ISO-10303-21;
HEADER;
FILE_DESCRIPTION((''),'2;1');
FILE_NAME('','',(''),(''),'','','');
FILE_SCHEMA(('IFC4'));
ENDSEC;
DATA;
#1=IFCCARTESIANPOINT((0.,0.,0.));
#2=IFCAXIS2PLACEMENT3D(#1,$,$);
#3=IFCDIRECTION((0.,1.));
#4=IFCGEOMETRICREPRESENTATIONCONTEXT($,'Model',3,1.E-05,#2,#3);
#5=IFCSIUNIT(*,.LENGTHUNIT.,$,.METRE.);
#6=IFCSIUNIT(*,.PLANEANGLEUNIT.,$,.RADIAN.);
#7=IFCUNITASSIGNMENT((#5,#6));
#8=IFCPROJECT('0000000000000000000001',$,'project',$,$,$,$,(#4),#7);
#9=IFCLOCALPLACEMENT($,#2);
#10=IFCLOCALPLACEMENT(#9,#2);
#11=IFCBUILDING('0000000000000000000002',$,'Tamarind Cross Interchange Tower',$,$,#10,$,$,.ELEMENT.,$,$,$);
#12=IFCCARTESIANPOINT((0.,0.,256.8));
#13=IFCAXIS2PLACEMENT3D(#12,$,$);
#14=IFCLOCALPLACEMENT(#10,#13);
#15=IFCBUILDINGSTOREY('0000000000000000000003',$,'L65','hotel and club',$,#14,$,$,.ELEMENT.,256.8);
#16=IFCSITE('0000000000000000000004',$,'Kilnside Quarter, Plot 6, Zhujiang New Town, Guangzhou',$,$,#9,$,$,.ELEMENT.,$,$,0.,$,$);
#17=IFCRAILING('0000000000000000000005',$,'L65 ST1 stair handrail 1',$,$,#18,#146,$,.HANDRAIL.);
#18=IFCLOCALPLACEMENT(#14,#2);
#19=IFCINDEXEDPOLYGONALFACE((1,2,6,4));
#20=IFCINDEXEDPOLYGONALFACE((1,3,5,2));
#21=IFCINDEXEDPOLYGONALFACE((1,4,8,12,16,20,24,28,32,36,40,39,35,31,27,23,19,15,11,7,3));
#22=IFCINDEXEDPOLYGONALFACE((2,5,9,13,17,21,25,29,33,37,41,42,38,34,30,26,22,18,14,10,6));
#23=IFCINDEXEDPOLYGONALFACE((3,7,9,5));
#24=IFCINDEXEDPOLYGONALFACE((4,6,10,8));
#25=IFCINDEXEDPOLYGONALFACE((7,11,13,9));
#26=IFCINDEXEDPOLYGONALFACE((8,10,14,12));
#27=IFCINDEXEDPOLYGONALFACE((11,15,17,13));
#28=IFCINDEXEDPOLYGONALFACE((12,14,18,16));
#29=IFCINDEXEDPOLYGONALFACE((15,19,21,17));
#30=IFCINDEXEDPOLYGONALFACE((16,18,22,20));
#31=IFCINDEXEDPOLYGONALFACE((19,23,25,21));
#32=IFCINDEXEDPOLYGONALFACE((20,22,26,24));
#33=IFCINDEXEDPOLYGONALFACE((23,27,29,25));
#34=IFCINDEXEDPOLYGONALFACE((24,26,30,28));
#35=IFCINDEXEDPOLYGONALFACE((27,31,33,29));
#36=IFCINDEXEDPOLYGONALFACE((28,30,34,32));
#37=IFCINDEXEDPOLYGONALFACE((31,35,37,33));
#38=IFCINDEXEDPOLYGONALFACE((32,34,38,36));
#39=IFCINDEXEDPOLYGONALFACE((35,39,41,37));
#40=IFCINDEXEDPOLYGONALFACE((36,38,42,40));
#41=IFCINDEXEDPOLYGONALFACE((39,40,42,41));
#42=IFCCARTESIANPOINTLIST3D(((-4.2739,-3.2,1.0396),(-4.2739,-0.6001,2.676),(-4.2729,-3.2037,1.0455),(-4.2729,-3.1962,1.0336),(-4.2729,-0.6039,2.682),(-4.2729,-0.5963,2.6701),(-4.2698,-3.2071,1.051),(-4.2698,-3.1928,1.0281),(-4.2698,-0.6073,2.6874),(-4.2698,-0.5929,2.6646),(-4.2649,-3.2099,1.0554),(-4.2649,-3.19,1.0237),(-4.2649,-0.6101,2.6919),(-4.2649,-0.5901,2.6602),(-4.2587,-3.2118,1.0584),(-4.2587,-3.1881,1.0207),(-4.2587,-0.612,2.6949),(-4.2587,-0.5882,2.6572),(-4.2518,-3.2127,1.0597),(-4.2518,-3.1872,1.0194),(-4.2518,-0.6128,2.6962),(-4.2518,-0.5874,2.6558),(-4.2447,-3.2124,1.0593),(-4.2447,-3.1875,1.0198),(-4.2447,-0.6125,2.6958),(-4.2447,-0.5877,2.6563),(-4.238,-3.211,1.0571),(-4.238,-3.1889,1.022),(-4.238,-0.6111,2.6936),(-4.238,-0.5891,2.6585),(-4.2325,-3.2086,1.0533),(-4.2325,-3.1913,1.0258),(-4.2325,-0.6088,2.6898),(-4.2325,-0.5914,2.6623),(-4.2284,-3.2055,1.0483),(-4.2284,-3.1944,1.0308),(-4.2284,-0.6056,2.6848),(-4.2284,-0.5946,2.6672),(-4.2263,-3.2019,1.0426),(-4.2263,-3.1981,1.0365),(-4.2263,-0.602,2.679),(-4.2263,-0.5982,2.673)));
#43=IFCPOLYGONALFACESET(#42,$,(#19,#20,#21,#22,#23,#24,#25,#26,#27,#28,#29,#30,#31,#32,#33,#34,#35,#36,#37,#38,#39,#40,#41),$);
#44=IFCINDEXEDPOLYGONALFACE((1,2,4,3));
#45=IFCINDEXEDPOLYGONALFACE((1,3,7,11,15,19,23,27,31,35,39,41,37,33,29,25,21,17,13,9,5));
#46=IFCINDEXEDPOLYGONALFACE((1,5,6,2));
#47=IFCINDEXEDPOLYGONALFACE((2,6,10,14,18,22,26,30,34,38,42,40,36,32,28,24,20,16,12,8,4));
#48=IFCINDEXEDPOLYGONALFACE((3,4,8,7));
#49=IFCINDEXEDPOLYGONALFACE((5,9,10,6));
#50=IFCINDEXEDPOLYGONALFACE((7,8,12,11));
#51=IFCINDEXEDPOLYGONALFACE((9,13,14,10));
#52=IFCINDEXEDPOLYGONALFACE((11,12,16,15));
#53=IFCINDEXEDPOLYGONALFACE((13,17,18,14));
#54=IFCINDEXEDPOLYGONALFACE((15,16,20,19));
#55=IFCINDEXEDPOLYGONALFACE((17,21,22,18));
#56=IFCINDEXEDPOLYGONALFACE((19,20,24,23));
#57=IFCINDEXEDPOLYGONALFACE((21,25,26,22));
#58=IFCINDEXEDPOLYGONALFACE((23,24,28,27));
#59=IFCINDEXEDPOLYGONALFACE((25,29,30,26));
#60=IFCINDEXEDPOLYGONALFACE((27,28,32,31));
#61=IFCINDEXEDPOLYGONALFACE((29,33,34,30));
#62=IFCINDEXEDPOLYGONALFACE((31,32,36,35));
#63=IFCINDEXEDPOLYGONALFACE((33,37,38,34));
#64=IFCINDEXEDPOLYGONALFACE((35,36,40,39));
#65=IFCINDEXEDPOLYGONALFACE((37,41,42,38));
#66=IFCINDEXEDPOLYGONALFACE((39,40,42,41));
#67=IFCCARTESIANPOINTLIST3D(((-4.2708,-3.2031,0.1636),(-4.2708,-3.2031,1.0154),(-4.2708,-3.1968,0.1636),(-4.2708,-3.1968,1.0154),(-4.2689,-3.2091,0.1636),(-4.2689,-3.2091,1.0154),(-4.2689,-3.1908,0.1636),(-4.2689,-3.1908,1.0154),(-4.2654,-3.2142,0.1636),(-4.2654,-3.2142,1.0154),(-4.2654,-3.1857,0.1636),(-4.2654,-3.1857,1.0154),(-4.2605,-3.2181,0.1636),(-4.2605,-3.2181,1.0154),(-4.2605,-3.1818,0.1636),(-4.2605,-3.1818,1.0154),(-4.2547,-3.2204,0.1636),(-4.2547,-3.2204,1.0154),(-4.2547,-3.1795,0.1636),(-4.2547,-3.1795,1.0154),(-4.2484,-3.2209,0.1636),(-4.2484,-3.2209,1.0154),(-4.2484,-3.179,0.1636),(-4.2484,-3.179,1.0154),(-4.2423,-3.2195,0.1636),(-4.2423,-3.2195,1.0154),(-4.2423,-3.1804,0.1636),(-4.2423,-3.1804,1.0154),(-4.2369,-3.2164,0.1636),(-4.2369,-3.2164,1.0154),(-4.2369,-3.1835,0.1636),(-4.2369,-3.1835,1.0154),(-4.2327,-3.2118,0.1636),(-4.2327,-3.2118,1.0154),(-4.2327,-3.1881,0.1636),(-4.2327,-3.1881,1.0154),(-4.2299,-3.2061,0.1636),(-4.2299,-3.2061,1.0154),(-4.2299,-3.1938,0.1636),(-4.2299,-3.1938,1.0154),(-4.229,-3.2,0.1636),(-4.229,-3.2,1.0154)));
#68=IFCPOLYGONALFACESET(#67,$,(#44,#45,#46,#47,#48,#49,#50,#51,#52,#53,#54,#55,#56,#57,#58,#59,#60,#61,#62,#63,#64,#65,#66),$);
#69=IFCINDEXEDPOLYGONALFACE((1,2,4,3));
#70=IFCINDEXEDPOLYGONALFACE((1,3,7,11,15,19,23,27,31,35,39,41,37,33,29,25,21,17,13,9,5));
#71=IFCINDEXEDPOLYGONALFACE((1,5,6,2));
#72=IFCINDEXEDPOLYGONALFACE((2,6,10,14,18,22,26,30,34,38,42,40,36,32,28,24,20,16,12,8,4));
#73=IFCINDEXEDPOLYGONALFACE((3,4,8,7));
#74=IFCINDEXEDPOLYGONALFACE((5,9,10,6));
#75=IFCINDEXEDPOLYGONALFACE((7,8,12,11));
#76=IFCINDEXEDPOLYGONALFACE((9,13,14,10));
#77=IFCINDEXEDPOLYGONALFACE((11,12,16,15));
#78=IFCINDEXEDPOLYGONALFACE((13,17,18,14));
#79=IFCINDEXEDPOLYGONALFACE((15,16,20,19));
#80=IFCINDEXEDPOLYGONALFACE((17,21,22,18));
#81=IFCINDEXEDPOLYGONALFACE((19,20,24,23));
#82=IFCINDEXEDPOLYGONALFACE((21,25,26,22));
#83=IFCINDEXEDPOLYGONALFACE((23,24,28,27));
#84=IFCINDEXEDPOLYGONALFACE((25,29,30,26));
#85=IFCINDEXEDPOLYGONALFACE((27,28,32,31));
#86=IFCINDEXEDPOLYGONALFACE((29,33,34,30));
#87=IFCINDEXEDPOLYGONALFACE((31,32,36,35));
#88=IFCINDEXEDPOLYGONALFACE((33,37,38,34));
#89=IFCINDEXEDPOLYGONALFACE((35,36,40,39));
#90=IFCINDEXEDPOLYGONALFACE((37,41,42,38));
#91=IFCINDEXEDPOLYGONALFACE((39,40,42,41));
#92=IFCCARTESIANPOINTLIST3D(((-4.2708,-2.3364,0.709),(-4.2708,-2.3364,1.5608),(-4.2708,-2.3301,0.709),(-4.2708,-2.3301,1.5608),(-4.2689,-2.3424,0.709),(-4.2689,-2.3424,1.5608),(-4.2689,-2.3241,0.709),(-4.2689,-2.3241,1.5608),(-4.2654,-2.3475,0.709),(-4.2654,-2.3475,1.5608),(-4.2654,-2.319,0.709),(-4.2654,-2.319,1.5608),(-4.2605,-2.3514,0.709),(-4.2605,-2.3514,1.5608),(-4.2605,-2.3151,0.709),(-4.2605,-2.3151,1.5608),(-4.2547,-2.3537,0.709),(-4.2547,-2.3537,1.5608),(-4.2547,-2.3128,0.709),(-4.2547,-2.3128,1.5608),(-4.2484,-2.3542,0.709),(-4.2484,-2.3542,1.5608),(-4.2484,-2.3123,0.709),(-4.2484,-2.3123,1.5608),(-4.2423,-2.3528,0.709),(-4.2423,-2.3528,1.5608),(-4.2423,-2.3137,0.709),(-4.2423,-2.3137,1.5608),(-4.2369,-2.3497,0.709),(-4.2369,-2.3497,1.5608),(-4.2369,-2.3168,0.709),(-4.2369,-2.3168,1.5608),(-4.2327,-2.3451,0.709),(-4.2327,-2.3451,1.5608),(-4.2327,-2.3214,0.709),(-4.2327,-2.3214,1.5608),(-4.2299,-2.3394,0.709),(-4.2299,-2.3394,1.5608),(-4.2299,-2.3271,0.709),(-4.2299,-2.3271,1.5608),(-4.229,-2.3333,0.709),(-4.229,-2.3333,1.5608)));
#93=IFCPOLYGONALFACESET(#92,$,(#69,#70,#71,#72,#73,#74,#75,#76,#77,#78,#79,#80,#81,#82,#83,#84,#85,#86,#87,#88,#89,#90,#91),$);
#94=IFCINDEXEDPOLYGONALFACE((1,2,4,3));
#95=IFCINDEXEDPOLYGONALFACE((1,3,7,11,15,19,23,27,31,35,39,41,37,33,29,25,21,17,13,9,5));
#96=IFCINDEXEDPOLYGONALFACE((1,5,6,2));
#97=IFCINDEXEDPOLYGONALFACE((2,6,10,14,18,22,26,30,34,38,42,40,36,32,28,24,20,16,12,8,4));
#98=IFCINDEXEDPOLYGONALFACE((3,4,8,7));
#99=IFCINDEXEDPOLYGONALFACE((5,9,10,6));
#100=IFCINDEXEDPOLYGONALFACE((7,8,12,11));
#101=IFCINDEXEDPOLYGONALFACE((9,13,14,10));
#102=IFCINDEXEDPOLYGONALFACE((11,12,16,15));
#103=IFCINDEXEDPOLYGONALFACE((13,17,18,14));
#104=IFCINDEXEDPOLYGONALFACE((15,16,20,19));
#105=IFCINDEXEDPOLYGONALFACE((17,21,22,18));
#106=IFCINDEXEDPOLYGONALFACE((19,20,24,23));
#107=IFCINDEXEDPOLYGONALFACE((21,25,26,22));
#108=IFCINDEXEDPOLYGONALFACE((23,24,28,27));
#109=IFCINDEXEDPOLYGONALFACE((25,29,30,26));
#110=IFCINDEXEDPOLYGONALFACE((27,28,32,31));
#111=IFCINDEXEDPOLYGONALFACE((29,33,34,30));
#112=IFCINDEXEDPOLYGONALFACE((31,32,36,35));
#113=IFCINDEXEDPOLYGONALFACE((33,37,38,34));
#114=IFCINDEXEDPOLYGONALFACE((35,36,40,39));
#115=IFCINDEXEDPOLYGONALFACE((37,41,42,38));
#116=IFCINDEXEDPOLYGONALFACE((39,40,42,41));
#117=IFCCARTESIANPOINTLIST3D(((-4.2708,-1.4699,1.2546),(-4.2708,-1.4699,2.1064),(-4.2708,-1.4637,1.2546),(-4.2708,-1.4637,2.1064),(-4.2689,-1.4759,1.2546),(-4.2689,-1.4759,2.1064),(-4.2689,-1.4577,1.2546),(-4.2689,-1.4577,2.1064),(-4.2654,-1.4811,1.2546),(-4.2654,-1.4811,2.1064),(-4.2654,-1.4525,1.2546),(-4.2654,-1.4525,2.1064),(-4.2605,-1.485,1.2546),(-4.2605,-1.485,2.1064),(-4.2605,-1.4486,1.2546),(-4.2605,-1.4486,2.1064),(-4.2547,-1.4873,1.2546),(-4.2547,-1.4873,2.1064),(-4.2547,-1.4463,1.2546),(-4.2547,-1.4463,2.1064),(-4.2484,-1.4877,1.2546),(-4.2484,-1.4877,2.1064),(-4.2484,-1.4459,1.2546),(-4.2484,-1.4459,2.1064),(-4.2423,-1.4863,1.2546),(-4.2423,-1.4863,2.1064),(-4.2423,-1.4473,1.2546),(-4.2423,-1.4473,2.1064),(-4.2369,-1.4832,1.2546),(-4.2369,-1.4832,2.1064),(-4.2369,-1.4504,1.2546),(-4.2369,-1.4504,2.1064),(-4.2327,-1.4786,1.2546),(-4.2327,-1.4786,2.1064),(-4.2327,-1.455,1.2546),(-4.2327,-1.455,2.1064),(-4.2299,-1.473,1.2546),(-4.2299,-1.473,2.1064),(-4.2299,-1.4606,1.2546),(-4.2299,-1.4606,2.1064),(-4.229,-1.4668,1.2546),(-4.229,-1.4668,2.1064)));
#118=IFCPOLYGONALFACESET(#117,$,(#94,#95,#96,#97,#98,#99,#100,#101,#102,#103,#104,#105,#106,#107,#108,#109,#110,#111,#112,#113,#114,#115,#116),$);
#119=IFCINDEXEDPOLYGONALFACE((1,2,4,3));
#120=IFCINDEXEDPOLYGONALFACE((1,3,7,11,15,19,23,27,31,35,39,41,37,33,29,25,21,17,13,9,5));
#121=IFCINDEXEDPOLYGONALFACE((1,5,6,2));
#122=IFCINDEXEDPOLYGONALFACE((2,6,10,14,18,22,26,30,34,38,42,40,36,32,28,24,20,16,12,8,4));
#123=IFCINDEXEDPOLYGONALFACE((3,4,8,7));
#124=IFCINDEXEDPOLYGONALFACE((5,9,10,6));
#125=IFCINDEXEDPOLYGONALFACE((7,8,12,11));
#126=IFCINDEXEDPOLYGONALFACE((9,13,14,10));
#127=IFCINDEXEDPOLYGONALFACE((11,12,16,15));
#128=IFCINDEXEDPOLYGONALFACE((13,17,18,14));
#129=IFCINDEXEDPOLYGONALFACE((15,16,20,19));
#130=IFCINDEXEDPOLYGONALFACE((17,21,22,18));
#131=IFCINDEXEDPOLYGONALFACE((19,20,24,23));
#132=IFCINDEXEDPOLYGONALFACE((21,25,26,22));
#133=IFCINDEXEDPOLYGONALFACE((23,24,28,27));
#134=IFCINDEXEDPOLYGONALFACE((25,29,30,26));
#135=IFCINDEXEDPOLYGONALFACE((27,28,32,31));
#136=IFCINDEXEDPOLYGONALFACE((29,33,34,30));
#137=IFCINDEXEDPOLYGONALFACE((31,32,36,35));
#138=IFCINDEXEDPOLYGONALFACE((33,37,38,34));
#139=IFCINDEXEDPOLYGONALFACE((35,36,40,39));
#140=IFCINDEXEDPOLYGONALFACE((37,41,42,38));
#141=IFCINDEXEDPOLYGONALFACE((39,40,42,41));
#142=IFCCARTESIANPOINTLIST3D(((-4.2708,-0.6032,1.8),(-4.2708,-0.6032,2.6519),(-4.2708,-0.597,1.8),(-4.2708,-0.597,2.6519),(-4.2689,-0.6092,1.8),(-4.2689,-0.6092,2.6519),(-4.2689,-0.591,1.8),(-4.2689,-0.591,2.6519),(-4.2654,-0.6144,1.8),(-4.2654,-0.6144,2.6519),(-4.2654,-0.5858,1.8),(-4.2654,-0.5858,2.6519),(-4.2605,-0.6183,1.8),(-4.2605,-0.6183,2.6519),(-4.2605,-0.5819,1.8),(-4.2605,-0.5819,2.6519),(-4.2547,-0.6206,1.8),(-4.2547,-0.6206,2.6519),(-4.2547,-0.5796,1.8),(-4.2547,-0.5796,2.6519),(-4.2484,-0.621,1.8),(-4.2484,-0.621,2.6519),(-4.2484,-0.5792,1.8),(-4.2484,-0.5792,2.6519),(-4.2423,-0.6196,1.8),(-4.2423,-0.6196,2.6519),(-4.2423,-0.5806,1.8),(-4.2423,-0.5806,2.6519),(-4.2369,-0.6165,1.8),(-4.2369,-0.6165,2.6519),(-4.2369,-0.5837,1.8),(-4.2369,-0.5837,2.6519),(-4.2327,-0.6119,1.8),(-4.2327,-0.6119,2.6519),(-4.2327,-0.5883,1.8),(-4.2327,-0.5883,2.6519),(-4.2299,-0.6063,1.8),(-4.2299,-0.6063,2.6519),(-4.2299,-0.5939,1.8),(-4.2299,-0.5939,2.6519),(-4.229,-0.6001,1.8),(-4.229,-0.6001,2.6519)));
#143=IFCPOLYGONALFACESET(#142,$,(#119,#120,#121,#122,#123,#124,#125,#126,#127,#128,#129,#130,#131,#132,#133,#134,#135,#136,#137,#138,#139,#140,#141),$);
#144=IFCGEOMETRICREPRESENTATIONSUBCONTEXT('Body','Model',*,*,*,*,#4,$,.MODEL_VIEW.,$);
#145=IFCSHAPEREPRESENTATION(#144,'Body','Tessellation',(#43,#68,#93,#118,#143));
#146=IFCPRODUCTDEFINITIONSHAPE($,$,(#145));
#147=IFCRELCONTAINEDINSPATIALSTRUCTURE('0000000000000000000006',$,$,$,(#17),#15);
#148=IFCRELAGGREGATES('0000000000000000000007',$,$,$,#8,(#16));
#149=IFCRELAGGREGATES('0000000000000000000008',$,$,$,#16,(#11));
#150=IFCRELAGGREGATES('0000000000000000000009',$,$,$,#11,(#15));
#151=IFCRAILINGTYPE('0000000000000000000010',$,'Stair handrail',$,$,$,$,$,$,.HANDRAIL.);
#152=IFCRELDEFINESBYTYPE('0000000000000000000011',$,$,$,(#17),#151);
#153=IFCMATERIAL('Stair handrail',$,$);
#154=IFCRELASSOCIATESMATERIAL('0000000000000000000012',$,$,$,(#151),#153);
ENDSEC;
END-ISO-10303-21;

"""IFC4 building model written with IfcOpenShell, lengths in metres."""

from ifc_helpers import new_model, si_unit, direction, frame, origin, origin_2d, place, context, subcontext, project, spatial, circle, extrude, material, type_object, element, save


model = new_model("IFC4")

# Units and contexts
model_context = context("Model", 3, precision=1e-05, world=origin(), true_north=direction((0.0, 1.0)))
body_context = subcontext(model_context, "Body", "Model", "MODEL_VIEW")
ifc_project = project(units=[si_unit("LENGTHUNIT", "METRE"), si_unit("PLANEANGLEUNIT", "RADIAN")], contexts=[model_context])

# Site, building, storey
site_placement = place(None, origin())
site = spatial("IfcSite", under=ifc_project, at=site_placement, Name="Kilnside Quarter, Plot 6, Zhujiang New Town, Guangzhou", CompositionType="ELEMENT", RefElevation=0.0)
building_placement = place(site_placement, origin())
building = spatial("IfcBuilding", under=site, at=building_placement, Name="Tamarind Cross Interchange Tower", CompositionType="ELEMENT")
storey_placement = place(building_placement, frame((0.0, 0.0, 256.8)))
storey = spatial("IfcBuildingStorey", under=building, at=storey_placement, Name="L65", Description="hotel and club", CompositionType="ELEMENT", Elevation=256.8)

# Railing
ifc_material_1 = material(Name="Stair handrail")
railing_type_1 = type_object("IfcRailingType", Name="Stair handrail", PredefinedType="HANDRAIL", material=ifc_material_1)
railing_1_placement = place(storey_placement, frame((-4.25, -3.2, 0.1636)))
element("IfcRailing", 1, at=railing_1_placement, inside=storey, type_object=railing_type_1, Name="L65 ST1 stair handrail 1", PredefinedType="HANDRAIL", context=body_context, shape_type="SweptSolid", body=[
    extrude(circle(Radius=0.0239, at=origin_2d()), frame((0.0, 0.0, 0.876), z_axis=(0.0, 0.846302, 0.532704), x_axis=(-1.0, 0.0, 0.0)), (0.0, 0.0, 1.0), 3.072),
    extrude(circle(Radius=0.021, at=origin_2d()), origin(), (0.0, 0.0, 1.0), 0.8518),
    extrude(circle(Radius=0.021, at=origin_2d()), frame((0.0, 0.8667, 0.5454)), (0.0, 0.0, 1.0), 0.8518),
    extrude(circle(Radius=0.021, at=origin_2d()), frame((0.0, 1.7332, 1.0911)), (0.0, 0.0, 1.0), 0.8518),
    extrude(circle(Radius=0.021, at=origin_2d()), frame((0.0, 2.5999, 1.6365)), (0.0, 0.0, 1.0), 0.8518),
])

save(model, "model.ifc")
